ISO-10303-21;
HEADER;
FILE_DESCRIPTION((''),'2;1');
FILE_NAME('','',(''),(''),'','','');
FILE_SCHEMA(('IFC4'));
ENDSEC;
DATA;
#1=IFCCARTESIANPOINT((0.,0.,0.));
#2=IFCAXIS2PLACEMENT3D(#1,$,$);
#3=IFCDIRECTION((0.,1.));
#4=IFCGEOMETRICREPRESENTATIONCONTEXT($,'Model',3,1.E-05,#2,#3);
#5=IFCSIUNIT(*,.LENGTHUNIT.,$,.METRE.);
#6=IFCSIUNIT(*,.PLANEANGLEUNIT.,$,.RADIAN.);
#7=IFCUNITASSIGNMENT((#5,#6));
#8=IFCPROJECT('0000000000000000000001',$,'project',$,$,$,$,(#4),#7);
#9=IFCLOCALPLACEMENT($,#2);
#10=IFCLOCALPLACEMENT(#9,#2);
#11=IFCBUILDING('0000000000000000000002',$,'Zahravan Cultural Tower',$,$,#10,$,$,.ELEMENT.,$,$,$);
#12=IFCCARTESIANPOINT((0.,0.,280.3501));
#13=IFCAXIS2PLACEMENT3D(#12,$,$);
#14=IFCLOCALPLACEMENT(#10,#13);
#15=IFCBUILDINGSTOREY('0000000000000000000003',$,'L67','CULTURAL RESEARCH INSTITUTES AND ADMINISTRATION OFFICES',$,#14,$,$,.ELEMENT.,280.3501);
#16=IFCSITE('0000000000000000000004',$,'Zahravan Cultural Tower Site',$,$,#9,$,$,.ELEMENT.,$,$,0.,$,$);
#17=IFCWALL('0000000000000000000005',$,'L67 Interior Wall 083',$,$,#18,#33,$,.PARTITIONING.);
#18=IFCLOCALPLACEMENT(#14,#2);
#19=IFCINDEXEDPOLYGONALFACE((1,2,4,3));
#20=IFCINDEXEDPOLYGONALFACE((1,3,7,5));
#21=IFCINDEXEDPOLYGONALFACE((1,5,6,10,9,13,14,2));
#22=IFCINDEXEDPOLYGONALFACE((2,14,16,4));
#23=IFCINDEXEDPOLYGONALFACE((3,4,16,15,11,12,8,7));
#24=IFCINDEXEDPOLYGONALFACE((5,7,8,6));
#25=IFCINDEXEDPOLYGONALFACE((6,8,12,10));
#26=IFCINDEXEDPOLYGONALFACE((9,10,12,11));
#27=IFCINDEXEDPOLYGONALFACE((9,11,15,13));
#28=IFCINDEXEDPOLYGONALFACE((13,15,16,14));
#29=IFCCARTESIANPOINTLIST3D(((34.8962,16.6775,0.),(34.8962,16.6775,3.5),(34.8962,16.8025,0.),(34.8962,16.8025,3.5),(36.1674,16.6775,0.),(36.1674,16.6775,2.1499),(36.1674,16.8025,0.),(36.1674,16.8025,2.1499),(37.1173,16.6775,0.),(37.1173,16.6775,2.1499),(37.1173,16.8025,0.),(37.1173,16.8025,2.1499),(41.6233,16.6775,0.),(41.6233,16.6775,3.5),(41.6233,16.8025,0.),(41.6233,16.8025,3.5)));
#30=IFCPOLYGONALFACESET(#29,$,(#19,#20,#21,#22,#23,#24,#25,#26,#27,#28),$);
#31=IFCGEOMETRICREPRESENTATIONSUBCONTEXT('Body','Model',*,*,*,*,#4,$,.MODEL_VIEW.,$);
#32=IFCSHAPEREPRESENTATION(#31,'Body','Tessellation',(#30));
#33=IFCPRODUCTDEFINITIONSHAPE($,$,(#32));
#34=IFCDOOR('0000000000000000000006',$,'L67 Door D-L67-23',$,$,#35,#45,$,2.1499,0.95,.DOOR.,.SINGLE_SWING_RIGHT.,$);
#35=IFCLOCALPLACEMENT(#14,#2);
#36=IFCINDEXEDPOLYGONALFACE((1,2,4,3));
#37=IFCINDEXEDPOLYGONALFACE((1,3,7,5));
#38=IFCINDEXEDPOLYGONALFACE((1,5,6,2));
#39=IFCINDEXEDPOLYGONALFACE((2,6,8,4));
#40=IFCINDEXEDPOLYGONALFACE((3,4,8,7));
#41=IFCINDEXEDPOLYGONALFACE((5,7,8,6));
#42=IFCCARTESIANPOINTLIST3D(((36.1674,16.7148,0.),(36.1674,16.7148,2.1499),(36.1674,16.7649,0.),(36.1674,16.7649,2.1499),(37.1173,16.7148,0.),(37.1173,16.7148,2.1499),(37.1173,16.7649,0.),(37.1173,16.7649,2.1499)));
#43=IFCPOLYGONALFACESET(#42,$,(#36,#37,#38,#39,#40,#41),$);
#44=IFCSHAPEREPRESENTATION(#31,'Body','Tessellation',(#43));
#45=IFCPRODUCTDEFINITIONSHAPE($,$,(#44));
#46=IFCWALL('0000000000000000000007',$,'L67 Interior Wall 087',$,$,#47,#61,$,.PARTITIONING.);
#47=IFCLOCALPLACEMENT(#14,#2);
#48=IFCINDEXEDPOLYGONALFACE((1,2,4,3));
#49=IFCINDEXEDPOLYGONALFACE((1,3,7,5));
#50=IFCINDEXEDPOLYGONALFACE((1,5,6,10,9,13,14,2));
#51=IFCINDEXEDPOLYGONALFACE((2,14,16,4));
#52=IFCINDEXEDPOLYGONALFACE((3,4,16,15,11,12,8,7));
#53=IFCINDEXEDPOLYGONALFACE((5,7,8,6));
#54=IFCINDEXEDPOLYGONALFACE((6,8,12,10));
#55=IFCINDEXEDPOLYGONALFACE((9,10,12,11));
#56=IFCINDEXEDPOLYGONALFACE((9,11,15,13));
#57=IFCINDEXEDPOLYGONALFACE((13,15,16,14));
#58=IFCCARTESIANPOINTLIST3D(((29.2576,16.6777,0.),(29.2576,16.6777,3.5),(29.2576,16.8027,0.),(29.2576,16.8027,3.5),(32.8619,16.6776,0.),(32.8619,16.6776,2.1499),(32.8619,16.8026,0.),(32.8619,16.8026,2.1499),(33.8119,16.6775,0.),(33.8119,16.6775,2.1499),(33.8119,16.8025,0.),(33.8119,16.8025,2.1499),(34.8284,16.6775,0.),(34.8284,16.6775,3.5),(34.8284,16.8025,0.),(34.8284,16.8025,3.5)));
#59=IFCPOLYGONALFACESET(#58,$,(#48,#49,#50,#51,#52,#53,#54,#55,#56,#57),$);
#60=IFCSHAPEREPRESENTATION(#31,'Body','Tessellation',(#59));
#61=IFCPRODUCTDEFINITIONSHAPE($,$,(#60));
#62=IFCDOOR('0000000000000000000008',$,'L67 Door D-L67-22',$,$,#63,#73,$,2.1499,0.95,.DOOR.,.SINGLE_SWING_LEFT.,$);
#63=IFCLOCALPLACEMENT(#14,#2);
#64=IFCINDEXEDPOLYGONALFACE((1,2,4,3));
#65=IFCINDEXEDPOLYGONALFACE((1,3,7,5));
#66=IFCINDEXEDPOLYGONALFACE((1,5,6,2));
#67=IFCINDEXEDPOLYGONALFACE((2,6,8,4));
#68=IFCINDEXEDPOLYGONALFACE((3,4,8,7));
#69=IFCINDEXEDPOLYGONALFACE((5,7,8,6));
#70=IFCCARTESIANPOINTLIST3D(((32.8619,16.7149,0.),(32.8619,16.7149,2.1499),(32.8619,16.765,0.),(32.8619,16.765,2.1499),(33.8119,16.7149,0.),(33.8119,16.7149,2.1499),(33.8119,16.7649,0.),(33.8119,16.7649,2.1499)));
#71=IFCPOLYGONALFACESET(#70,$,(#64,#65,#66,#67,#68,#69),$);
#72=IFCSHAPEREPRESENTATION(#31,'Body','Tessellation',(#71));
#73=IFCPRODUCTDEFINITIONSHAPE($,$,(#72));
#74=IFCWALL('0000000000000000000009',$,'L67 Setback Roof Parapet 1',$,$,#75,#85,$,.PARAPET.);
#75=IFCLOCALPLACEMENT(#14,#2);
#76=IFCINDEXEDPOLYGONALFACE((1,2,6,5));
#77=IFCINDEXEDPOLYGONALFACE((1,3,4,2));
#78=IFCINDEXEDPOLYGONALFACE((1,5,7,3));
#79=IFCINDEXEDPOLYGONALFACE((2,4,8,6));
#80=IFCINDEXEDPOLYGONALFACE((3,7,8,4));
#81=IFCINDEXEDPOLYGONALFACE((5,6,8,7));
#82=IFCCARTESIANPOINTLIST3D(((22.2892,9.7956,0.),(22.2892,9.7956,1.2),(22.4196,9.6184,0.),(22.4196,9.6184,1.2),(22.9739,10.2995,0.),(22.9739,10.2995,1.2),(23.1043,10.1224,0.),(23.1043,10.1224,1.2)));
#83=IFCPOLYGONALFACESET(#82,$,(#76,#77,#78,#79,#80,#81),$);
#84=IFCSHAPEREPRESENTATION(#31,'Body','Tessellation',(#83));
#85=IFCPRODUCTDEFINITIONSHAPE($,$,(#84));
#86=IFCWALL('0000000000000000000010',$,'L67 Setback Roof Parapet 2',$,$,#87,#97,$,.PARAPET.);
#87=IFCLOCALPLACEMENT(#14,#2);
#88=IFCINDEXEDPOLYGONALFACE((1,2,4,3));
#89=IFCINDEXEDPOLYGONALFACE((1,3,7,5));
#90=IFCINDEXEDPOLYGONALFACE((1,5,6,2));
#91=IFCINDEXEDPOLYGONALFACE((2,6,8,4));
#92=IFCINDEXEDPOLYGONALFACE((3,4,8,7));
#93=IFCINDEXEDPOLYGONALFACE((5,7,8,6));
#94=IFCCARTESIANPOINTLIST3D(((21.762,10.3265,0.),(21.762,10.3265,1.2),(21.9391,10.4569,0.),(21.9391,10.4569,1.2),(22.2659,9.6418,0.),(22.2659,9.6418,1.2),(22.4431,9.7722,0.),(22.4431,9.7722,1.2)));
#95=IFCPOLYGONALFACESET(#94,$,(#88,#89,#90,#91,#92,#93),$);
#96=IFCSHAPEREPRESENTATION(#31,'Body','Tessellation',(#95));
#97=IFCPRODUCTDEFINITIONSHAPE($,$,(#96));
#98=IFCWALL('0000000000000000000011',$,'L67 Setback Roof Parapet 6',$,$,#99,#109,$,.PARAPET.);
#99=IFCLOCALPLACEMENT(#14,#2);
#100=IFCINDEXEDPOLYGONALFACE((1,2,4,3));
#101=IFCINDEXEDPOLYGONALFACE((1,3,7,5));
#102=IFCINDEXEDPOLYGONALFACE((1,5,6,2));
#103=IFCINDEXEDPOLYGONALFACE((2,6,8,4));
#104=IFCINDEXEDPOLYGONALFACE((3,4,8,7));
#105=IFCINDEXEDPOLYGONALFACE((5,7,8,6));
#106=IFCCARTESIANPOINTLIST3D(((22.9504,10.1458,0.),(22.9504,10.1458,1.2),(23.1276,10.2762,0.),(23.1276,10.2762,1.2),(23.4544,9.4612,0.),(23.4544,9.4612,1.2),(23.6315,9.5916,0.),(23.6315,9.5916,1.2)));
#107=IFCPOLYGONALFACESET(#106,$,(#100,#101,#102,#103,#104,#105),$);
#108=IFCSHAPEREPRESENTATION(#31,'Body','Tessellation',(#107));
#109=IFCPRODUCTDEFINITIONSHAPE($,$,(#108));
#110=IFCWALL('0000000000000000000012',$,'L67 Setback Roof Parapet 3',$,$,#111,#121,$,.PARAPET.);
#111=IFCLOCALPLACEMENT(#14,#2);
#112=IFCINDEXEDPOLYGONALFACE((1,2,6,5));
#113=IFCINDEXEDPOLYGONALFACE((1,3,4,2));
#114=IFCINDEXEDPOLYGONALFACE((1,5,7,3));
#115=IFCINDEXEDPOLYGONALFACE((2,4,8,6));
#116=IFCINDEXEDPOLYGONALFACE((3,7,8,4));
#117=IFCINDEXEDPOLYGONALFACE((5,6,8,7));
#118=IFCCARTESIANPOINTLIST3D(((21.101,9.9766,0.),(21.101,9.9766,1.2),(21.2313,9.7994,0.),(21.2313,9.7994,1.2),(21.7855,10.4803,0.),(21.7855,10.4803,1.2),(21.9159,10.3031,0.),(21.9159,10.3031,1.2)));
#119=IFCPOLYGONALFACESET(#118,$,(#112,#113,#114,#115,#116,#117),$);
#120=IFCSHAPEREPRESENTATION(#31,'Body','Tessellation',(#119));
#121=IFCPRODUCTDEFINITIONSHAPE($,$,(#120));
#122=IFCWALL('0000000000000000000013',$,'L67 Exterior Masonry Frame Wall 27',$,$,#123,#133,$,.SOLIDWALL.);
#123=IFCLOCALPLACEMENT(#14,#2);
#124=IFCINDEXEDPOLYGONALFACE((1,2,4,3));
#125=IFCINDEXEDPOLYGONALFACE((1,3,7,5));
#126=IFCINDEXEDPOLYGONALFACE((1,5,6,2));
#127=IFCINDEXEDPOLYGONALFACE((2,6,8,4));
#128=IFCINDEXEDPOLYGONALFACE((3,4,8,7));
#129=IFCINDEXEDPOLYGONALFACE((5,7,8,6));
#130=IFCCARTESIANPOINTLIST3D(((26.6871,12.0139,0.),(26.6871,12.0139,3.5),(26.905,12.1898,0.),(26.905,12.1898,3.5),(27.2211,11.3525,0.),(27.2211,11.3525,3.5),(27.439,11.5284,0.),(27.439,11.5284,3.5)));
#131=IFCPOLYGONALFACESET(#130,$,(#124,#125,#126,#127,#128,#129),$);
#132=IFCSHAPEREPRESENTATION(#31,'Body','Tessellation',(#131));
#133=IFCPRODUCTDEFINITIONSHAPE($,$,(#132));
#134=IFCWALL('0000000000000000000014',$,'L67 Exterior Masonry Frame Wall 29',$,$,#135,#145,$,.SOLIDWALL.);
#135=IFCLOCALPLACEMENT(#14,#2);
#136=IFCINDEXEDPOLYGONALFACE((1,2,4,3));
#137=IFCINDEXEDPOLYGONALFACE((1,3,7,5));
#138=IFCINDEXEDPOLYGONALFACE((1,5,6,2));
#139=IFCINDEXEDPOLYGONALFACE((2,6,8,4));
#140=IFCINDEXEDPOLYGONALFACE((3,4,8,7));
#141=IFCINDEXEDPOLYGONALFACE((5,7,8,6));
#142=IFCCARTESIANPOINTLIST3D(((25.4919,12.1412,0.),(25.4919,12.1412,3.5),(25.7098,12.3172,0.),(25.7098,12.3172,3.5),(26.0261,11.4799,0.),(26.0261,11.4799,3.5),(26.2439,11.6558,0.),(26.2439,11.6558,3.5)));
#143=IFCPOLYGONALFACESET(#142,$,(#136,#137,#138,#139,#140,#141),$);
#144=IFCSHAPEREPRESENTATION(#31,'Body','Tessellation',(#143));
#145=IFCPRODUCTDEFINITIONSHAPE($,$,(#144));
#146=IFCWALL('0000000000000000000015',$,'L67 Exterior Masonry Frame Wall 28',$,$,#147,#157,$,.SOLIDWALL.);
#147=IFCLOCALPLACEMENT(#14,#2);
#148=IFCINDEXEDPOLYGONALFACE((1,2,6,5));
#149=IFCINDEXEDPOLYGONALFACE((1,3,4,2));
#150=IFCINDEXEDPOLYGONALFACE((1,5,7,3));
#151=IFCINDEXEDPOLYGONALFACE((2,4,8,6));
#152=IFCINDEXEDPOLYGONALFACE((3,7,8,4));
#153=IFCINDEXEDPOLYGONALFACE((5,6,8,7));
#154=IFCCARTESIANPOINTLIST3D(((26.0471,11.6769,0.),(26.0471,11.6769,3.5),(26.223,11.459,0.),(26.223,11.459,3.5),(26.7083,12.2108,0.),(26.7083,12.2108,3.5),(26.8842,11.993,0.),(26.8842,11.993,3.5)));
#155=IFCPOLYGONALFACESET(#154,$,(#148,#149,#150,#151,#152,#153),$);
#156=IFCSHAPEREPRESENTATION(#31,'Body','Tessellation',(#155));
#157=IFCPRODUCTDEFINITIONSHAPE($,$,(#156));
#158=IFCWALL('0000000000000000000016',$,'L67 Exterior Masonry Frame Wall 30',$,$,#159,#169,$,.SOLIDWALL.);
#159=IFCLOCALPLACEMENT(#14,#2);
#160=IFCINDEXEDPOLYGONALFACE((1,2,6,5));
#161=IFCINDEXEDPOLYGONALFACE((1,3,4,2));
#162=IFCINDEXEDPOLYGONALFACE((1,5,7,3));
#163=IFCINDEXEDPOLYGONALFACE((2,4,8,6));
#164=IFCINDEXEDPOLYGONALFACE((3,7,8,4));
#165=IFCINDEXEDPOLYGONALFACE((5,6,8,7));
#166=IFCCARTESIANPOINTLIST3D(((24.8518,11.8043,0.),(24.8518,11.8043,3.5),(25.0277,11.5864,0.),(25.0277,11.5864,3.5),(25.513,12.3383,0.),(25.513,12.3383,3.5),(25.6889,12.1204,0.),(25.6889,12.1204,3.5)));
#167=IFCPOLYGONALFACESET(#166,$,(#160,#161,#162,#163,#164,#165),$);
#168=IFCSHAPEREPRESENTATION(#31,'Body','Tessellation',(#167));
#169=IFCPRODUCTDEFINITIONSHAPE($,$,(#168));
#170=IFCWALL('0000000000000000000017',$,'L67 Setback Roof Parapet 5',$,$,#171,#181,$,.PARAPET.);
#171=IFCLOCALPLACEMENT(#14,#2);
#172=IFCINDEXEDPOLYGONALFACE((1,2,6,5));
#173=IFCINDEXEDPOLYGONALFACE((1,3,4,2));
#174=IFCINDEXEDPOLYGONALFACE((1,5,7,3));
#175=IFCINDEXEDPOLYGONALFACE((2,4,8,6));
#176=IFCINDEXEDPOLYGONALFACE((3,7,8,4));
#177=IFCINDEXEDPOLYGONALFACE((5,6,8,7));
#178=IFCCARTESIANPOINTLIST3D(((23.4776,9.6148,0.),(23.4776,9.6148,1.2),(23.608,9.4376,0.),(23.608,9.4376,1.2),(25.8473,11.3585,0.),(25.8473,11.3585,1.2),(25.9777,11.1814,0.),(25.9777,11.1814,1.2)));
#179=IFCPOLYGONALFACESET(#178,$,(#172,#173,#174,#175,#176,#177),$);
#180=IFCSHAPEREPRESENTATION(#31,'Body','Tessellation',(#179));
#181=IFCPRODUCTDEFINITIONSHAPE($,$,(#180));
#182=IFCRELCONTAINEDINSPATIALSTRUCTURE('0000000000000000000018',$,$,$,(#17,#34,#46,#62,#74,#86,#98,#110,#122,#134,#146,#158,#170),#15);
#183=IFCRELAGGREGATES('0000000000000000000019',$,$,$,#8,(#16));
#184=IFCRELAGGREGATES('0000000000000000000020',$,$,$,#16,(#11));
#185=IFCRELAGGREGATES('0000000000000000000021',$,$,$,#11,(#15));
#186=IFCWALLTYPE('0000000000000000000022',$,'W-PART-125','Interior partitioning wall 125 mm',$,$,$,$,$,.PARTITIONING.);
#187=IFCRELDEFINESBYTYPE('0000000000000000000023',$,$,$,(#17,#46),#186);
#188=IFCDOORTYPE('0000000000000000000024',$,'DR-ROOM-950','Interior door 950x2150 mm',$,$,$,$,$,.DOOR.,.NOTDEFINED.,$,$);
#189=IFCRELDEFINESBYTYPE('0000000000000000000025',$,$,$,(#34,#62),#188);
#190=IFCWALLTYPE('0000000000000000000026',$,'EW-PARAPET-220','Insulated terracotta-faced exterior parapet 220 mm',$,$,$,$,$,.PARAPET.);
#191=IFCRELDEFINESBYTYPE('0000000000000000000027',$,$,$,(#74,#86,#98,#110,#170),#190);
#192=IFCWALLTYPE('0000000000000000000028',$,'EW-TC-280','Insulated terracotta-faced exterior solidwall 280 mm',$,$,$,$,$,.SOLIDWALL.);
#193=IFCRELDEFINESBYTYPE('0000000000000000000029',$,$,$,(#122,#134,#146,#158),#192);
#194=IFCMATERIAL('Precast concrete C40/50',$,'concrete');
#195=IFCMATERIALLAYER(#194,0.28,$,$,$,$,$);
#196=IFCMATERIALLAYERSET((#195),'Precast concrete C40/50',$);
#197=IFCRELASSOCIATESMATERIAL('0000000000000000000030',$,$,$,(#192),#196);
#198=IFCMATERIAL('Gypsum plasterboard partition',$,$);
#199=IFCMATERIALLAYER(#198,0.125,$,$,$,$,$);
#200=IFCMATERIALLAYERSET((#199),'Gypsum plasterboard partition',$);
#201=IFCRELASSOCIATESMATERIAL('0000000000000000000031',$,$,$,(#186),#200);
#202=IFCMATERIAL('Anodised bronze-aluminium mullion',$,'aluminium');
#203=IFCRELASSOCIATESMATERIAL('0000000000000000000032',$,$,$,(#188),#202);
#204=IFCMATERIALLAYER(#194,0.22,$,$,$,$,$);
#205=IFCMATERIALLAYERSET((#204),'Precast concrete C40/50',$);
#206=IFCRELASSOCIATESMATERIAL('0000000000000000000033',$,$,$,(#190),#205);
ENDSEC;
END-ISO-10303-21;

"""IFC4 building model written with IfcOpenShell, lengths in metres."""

from ifc_helpers import new_model, si_unit, direction, frame, frame_2d, origin, place, context, subcontext, project, spatial, rectangle, extrude, source, transform, mapped, material, layer, layer_set, type_object, element, fill, save


model = new_model("IFC4")

# Units and contexts
model_context = context("Model", 3, precision=1e-05, world=origin(), true_north=direction((0.0, 1.0)))
body_context = subcontext(model_context, "Body", "Model", "MODEL_VIEW")
ifc_project = project(units=[si_unit("LENGTHUNIT", "METRE"), si_unit("PLANEANGLEUNIT", "RADIAN")], contexts=[model_context])

# Site, building, storey
site_placement = place(None, origin())
site = spatial("IfcSite", under=ifc_project, at=site_placement, Name="Zahravan Cultural Tower Site", CompositionType="ELEMENT", RefElevation=0.0)
building_placement = place(site_placement, origin())
building = spatial("IfcBuilding", under=site, at=building_placement, Name="Zahravan Cultural Tower", CompositionType="ELEMENT")
storey_placement = place(building_placement, frame((0.0, 0.0, 280.3501)))
storey = spatial("IfcBuildingStorey", under=building, at=storey_placement, Name="L67", Description="CULTURAL RESEARCH INSTITUTES AND ADMINISTRATION OFFICES", CompositionType="ELEMENT", Elevation=280.3501)

# Shared definitions
ifc_material_1 = material(Name="Precast concrete C40/50", Category="concrete")
ifc_layer_1 = layer(ifc_material_1, 0.28)
ifc_layer_set_1 = layer_set([ifc_layer_1], Name="Precast concrete C40/50")
wall_type_1 = type_object("IfcWallType", Name="EW-TC-280", Description="Insulated terracotta-faced exterior solidwall 280 mm", PredefinedType="SOLIDWALL", material=ifc_layer_set_1)

# Walls, openings, doors
ifc_material_2 = material(Name="Gypsum plasterboard partition")
ifc_layer_2 = layer(ifc_material_2, 0.125)
ifc_layer_set_2 = layer_set([ifc_layer_2], Name="Gypsum plasterboard partition")
wall_type_2 = type_object("IfcWallType", Name="W-PART-125", Description="Interior partitioning wall 125 mm", PredefinedType="PARTITIONING", material=ifc_layer_set_2)
wall_1_placement = place(storey_placement, frame((34.8962, 16.74, 0.0), z_axis=(0.0, 0.0, 1.0), x_axis=(1.0, 0.0, 0.0)))
wall_1 = element("IfcWall", 1, at=wall_1_placement, inside=storey, type_object=wall_type_2, Name="L67 Interior Wall 083", PredefinedType="PARTITIONING", context=body_context, shape_type="SweptSolid", body=[
    extrude(rectangle(XDim=6.7271, YDim=0.125, at=frame_2d((3.3635, 0.0))), origin(), (0.0, 0.0, 1.0), 3.5),
])
opening_1_placement = place(wall_1_placement, frame((1.271, 0.0, 0.0)))
opening_1 = element("IfcOpeningElement", 2, at=opening_1_placement, cuts=wall_1, PredefinedType="OPENING", context=body_context, shape_type="SweptSolid", body=[
    extrude(rectangle(XDim=0.95, YDim=2.1499, at=frame_2d((0.4751, 1.075))), frame((0.0, 0.0725, 0.0), z_axis=(0.0, -1.0, 0.0), x_axis=(1.0, 0.0, 0.0)), (0.0, 0.0, 1.0), 0.145),
])
ifc_material_3 = material(Name="Anodised bronze-aluminium mullion", Category="aluminium")
door_type_1 = type_object("IfcDoorType", Name="DR-ROOM-950", Description="Interior door 950x2150 mm", OperationType="NOTDEFINED", PredefinedType="DOOR", material=ifc_material_3)
shared_shape_1 = source(origin(), body_context, "Body", "SweptSolid", [
    extrude(rectangle(XDim=0.95, YDim=2.1499, at=frame_2d((0.4751, 1.075))), frame((0.0, 0.0249, 0.0), z_axis=(0.0, -1.0, 0.0), x_axis=(1.0, 0.0, 0.0)), (0.0, 0.0, 1.0), 0.05),
])
door_1_placement = place(opening_1_placement, origin())
door_1 = element("IfcDoor", 3, at=door_1_placement, inside=storey, type_object=door_type_1, Name="L67 Door D-L67-23", OperationType="SINGLE_SWING_RIGHT", OverallHeight=2.1499, OverallWidth=0.95, PredefinedType="DOOR", context=body_context, shape_type="MappedRepresentation", body=[
    mapped(shared_shape_1, transform((0.0, 0.0, 0.0), x_axis=(1.0, 0.0, 0.0), y_axis=(0.0, 1.0, 0.0), z_axis=(0.0, 0.0, 1.0), scale=1.0)),
])
fill(opening_1, door_1)
wall_2_placement = place(storey_placement, frame((29.2576, 16.7402, 0.0), z_axis=(0.0, 0.0, 1.0), x_axis=(1.0, -0.000044, 0.0)))
wall_2 = element("IfcWall", 4, at=wall_2_placement, inside=storey, type_object=wall_type_2, Name="L67 Interior Wall 087", PredefinedType="PARTITIONING", context=body_context, shape_type="SweptSolid", body=[
    extrude(rectangle(XDim=5.5708, YDim=0.125, at=frame_2d((2.7854, 0.0))), origin(), (0.0, 0.0, 1.0), 3.5),
])
opening_2_placement = place(wall_2_placement, frame((3.6042, 0.0, 0.0)))
opening_2 = element("IfcOpeningElement", 5, at=opening_2_placement, cuts=wall_2, PredefinedType="OPENING", context=body_context, shape_type="SweptSolid", body=[
    extrude(rectangle(XDim=0.95, YDim=2.1499, at=frame_2d((0.4751, 1.075))), frame((0.0, 0.0725, 0.0), z_axis=(0.0, -1.0, 0.0), x_axis=(1.0, 0.0, 0.0)), (0.0, 0.0, 1.0), 0.145),
])
door_2_placement = place(opening_2_placement, origin())
door_2 = element("IfcDoor", 6, at=door_2_placement, inside=storey, type_object=door_type_1, Name="L67 Door D-L67-22", OperationType="SINGLE_SWING_LEFT", OverallHeight=2.1499, OverallWidth=0.95, PredefinedType="DOOR", context=body_context, shape_type="MappedRepresentation", body=[
    mapped(shared_shape_1, transform((0.0, 0.0, 0.0), x_axis=(1.0, 0.0, 0.0), y_axis=(0.0, 1.0, 0.0), z_axis=(0.0, 0.0, 1.0), scale=1.0)),
])
fill(opening_2, door_2)

# Walls
ifc_layer_3 = layer(ifc_material_1, 0.22)
ifc_layer_set_3 = layer_set([ifc_layer_3], Name="Precast concrete C40/50")
wall_type_3 = type_object("IfcWallType", Name="EW-PARAPET-220", Description="Insulated terracotta-faced exterior parapet 220 mm", PredefinedType="PARAPET", material=ifc_layer_set_3)
shared_shape_2 = source(origin(), body_context, "Body", "SweptSolid", [
    extrude(rectangle(XDim=0.8501, YDim=0.22, at=frame_2d((0.425, 0.0))), origin(), (0.0, 0.0, 1.0), 1.2),
])
for number, where, z_axis, x_axis, name in (
    (7, (23.0391, 10.2109, 0.0), (0.0, 0.0, 1.0), (-0.805345, -0.592807, 0.0), "L67 Setback Roof Parapet 1"),
    (8, (22.3545, 9.707, 0.0), (0.0, 0.0, 1.0), (-0.592807, 0.805345, 0.0), "L67 Setback Roof Parapet 2"),
    (9, (23.543, 9.5264, 0.0), (0.0, 0.0, 1.0), (-0.592807, 0.805345, 0.0), "L67 Setback Roof Parapet 6"),
):
    element("IfcWall", number, at=place(storey_placement, frame(where, z_axis=z_axis, x_axis=x_axis)), inside=storey, type_object=wall_type_3, Name=name, PredefinedType="PARAPET", context=body_context, shape_type="MappedRepresentation", body=[
        mapped(shared_shape_2, transform((0.0, 0.0, 0.0), x_axis=(1.0, 0.0, 0.0), y_axis=(0.0, 1.0, 0.0), z_axis=(0.0, 0.0, 1.0), scale=1.0)),
    ])
shared_shape_3 = source(origin(), body_context, "Body", "SweptSolid", [
    extrude(rectangle(XDim=0.8499, YDim=0.22, at=frame_2d((0.4248, 0.0))), origin(), (0.0, 0.0, 1.0), 1.2),
])
wall_3_placement = place(storey_placement, frame((21.8506, 10.3916, 0.0), z_axis=(0.0, 0.0, 1.0), x_axis=(-0.805482, -0.592621, 0.0)))
element("IfcWall", 10, at=wall_3_placement, inside=storey, type_object=wall_type_3, Name="L67 Setback Roof Parapet 3", PredefinedType="PARAPET", context=body_context, shape_type="MappedRepresentation", body=[
    mapped(shared_shape_3, transform((0.0, 0.0, 0.0), x_axis=(1.0, 0.0, 0.0), y_axis=(0.0, 1.0, 0.0), z_axis=(0.0, 0.0, 1.0), scale=1.0)),
])
shared_shape_4 = source(origin(), body_context, "Body", "SweptSolid", [
    extrude(rectangle(XDim=0.8501, YDim=0.28, at=frame_2d((0.425, 0.0))), origin(), (0.0, 0.0, 1.0), 3.5),
])
for number, where, z_axis, x_axis, name in (
    (11, (27.3301, 11.4404, 0.0), (0.0, 0.0, 1.0), (-0.628157, 0.778087, 0.0), "L67 Exterior Masonry Frame Wall 27"),
    (12, (26.135, 11.5679, 0.0), (0.0, 0.0, 1.0), (-0.62833, 0.777947, 0.0), "L67 Exterior Masonry Frame Wall 29"),
):
    element("IfcWall", number, at=place(storey_placement, frame(where, z_axis=z_axis, x_axis=x_axis)), inside=storey, type_object=wall_type_1, Name=name, PredefinedType="SOLIDWALL", context=body_context, shape_type="MappedRepresentation", body=[
        mapped(shared_shape_4, transform((0.0, 0.0, 0.0), x_axis=(1.0, 0.0, 0.0), y_axis=(0.0, 1.0, 0.0), z_axis=(0.0, 0.0, 1.0), scale=1.0)),
    ])
shared_shape_5 = source(origin(), body_context, "Body", "SweptSolid", [
    extrude(rectangle(XDim=0.8499, YDim=0.28, at=frame_2d((0.4248, 0.0))), origin(), (0.0, 0.0, 1.0), 3.5),
])
for number, where, z_axis, x_axis, name in (
    (13, (26.7961, 12.1018, 0.0), (0.0, 0.0, 1.0), (-0.777974, -0.628297, 0.0), "L67 Exterior Masonry Frame Wall 28"),
    (14, (25.6008, 12.2292, 0.0), (0.0, 0.0, 1.0), (-0.777974, -0.628297, 0.0), "L67 Exterior Masonry Frame Wall 30"),
):
    element("IfcWall", number, at=place(storey_placement, frame(where, z_axis=z_axis, x_axis=x_axis)), inside=storey, type_object=wall_type_1, Name=name, PredefinedType="SOLIDWALL", context=body_context, shape_type="MappedRepresentation", body=[
        mapped(shared_shape_5, transform((0.0, 0.0, 0.0), x_axis=(1.0, 0.0, 0.0), y_axis=(0.0, 1.0, 0.0), z_axis=(0.0, 0.0, 1.0), scale=1.0)),
    ])
shared_shape_6 = source(origin(), body_context, "Body", "SweptSolid", [
    extrude(rectangle(XDim=2.9421, YDim=0.22, at=frame_2d((1.4712, 0.0))), origin(), (0.0, 0.0, 1.0), 1.2),
])
wall_4_placement = place(storey_placement, frame((25.9126, 11.27, 0.0), z_axis=(0.0, 0.0, 1.0), x_axis=(-0.805444, -0.592672, 0.0)))
element("IfcWall", 15, at=wall_4_placement, inside=storey, type_object=wall_type_3, Name="L67 Setback Roof Parapet 5", PredefinedType="PARAPET", context=body_context, shape_type="MappedRepresentation", body=[
    mapped(shared_shape_6, transform((0.0, 0.0, 0.0), x_axis=(1.0, 0.0, 0.0), y_axis=(0.0, 1.0, 0.0), z_axis=(0.0, 0.0, 1.0), scale=1.0)),
])

save(model, "model.ifc")
